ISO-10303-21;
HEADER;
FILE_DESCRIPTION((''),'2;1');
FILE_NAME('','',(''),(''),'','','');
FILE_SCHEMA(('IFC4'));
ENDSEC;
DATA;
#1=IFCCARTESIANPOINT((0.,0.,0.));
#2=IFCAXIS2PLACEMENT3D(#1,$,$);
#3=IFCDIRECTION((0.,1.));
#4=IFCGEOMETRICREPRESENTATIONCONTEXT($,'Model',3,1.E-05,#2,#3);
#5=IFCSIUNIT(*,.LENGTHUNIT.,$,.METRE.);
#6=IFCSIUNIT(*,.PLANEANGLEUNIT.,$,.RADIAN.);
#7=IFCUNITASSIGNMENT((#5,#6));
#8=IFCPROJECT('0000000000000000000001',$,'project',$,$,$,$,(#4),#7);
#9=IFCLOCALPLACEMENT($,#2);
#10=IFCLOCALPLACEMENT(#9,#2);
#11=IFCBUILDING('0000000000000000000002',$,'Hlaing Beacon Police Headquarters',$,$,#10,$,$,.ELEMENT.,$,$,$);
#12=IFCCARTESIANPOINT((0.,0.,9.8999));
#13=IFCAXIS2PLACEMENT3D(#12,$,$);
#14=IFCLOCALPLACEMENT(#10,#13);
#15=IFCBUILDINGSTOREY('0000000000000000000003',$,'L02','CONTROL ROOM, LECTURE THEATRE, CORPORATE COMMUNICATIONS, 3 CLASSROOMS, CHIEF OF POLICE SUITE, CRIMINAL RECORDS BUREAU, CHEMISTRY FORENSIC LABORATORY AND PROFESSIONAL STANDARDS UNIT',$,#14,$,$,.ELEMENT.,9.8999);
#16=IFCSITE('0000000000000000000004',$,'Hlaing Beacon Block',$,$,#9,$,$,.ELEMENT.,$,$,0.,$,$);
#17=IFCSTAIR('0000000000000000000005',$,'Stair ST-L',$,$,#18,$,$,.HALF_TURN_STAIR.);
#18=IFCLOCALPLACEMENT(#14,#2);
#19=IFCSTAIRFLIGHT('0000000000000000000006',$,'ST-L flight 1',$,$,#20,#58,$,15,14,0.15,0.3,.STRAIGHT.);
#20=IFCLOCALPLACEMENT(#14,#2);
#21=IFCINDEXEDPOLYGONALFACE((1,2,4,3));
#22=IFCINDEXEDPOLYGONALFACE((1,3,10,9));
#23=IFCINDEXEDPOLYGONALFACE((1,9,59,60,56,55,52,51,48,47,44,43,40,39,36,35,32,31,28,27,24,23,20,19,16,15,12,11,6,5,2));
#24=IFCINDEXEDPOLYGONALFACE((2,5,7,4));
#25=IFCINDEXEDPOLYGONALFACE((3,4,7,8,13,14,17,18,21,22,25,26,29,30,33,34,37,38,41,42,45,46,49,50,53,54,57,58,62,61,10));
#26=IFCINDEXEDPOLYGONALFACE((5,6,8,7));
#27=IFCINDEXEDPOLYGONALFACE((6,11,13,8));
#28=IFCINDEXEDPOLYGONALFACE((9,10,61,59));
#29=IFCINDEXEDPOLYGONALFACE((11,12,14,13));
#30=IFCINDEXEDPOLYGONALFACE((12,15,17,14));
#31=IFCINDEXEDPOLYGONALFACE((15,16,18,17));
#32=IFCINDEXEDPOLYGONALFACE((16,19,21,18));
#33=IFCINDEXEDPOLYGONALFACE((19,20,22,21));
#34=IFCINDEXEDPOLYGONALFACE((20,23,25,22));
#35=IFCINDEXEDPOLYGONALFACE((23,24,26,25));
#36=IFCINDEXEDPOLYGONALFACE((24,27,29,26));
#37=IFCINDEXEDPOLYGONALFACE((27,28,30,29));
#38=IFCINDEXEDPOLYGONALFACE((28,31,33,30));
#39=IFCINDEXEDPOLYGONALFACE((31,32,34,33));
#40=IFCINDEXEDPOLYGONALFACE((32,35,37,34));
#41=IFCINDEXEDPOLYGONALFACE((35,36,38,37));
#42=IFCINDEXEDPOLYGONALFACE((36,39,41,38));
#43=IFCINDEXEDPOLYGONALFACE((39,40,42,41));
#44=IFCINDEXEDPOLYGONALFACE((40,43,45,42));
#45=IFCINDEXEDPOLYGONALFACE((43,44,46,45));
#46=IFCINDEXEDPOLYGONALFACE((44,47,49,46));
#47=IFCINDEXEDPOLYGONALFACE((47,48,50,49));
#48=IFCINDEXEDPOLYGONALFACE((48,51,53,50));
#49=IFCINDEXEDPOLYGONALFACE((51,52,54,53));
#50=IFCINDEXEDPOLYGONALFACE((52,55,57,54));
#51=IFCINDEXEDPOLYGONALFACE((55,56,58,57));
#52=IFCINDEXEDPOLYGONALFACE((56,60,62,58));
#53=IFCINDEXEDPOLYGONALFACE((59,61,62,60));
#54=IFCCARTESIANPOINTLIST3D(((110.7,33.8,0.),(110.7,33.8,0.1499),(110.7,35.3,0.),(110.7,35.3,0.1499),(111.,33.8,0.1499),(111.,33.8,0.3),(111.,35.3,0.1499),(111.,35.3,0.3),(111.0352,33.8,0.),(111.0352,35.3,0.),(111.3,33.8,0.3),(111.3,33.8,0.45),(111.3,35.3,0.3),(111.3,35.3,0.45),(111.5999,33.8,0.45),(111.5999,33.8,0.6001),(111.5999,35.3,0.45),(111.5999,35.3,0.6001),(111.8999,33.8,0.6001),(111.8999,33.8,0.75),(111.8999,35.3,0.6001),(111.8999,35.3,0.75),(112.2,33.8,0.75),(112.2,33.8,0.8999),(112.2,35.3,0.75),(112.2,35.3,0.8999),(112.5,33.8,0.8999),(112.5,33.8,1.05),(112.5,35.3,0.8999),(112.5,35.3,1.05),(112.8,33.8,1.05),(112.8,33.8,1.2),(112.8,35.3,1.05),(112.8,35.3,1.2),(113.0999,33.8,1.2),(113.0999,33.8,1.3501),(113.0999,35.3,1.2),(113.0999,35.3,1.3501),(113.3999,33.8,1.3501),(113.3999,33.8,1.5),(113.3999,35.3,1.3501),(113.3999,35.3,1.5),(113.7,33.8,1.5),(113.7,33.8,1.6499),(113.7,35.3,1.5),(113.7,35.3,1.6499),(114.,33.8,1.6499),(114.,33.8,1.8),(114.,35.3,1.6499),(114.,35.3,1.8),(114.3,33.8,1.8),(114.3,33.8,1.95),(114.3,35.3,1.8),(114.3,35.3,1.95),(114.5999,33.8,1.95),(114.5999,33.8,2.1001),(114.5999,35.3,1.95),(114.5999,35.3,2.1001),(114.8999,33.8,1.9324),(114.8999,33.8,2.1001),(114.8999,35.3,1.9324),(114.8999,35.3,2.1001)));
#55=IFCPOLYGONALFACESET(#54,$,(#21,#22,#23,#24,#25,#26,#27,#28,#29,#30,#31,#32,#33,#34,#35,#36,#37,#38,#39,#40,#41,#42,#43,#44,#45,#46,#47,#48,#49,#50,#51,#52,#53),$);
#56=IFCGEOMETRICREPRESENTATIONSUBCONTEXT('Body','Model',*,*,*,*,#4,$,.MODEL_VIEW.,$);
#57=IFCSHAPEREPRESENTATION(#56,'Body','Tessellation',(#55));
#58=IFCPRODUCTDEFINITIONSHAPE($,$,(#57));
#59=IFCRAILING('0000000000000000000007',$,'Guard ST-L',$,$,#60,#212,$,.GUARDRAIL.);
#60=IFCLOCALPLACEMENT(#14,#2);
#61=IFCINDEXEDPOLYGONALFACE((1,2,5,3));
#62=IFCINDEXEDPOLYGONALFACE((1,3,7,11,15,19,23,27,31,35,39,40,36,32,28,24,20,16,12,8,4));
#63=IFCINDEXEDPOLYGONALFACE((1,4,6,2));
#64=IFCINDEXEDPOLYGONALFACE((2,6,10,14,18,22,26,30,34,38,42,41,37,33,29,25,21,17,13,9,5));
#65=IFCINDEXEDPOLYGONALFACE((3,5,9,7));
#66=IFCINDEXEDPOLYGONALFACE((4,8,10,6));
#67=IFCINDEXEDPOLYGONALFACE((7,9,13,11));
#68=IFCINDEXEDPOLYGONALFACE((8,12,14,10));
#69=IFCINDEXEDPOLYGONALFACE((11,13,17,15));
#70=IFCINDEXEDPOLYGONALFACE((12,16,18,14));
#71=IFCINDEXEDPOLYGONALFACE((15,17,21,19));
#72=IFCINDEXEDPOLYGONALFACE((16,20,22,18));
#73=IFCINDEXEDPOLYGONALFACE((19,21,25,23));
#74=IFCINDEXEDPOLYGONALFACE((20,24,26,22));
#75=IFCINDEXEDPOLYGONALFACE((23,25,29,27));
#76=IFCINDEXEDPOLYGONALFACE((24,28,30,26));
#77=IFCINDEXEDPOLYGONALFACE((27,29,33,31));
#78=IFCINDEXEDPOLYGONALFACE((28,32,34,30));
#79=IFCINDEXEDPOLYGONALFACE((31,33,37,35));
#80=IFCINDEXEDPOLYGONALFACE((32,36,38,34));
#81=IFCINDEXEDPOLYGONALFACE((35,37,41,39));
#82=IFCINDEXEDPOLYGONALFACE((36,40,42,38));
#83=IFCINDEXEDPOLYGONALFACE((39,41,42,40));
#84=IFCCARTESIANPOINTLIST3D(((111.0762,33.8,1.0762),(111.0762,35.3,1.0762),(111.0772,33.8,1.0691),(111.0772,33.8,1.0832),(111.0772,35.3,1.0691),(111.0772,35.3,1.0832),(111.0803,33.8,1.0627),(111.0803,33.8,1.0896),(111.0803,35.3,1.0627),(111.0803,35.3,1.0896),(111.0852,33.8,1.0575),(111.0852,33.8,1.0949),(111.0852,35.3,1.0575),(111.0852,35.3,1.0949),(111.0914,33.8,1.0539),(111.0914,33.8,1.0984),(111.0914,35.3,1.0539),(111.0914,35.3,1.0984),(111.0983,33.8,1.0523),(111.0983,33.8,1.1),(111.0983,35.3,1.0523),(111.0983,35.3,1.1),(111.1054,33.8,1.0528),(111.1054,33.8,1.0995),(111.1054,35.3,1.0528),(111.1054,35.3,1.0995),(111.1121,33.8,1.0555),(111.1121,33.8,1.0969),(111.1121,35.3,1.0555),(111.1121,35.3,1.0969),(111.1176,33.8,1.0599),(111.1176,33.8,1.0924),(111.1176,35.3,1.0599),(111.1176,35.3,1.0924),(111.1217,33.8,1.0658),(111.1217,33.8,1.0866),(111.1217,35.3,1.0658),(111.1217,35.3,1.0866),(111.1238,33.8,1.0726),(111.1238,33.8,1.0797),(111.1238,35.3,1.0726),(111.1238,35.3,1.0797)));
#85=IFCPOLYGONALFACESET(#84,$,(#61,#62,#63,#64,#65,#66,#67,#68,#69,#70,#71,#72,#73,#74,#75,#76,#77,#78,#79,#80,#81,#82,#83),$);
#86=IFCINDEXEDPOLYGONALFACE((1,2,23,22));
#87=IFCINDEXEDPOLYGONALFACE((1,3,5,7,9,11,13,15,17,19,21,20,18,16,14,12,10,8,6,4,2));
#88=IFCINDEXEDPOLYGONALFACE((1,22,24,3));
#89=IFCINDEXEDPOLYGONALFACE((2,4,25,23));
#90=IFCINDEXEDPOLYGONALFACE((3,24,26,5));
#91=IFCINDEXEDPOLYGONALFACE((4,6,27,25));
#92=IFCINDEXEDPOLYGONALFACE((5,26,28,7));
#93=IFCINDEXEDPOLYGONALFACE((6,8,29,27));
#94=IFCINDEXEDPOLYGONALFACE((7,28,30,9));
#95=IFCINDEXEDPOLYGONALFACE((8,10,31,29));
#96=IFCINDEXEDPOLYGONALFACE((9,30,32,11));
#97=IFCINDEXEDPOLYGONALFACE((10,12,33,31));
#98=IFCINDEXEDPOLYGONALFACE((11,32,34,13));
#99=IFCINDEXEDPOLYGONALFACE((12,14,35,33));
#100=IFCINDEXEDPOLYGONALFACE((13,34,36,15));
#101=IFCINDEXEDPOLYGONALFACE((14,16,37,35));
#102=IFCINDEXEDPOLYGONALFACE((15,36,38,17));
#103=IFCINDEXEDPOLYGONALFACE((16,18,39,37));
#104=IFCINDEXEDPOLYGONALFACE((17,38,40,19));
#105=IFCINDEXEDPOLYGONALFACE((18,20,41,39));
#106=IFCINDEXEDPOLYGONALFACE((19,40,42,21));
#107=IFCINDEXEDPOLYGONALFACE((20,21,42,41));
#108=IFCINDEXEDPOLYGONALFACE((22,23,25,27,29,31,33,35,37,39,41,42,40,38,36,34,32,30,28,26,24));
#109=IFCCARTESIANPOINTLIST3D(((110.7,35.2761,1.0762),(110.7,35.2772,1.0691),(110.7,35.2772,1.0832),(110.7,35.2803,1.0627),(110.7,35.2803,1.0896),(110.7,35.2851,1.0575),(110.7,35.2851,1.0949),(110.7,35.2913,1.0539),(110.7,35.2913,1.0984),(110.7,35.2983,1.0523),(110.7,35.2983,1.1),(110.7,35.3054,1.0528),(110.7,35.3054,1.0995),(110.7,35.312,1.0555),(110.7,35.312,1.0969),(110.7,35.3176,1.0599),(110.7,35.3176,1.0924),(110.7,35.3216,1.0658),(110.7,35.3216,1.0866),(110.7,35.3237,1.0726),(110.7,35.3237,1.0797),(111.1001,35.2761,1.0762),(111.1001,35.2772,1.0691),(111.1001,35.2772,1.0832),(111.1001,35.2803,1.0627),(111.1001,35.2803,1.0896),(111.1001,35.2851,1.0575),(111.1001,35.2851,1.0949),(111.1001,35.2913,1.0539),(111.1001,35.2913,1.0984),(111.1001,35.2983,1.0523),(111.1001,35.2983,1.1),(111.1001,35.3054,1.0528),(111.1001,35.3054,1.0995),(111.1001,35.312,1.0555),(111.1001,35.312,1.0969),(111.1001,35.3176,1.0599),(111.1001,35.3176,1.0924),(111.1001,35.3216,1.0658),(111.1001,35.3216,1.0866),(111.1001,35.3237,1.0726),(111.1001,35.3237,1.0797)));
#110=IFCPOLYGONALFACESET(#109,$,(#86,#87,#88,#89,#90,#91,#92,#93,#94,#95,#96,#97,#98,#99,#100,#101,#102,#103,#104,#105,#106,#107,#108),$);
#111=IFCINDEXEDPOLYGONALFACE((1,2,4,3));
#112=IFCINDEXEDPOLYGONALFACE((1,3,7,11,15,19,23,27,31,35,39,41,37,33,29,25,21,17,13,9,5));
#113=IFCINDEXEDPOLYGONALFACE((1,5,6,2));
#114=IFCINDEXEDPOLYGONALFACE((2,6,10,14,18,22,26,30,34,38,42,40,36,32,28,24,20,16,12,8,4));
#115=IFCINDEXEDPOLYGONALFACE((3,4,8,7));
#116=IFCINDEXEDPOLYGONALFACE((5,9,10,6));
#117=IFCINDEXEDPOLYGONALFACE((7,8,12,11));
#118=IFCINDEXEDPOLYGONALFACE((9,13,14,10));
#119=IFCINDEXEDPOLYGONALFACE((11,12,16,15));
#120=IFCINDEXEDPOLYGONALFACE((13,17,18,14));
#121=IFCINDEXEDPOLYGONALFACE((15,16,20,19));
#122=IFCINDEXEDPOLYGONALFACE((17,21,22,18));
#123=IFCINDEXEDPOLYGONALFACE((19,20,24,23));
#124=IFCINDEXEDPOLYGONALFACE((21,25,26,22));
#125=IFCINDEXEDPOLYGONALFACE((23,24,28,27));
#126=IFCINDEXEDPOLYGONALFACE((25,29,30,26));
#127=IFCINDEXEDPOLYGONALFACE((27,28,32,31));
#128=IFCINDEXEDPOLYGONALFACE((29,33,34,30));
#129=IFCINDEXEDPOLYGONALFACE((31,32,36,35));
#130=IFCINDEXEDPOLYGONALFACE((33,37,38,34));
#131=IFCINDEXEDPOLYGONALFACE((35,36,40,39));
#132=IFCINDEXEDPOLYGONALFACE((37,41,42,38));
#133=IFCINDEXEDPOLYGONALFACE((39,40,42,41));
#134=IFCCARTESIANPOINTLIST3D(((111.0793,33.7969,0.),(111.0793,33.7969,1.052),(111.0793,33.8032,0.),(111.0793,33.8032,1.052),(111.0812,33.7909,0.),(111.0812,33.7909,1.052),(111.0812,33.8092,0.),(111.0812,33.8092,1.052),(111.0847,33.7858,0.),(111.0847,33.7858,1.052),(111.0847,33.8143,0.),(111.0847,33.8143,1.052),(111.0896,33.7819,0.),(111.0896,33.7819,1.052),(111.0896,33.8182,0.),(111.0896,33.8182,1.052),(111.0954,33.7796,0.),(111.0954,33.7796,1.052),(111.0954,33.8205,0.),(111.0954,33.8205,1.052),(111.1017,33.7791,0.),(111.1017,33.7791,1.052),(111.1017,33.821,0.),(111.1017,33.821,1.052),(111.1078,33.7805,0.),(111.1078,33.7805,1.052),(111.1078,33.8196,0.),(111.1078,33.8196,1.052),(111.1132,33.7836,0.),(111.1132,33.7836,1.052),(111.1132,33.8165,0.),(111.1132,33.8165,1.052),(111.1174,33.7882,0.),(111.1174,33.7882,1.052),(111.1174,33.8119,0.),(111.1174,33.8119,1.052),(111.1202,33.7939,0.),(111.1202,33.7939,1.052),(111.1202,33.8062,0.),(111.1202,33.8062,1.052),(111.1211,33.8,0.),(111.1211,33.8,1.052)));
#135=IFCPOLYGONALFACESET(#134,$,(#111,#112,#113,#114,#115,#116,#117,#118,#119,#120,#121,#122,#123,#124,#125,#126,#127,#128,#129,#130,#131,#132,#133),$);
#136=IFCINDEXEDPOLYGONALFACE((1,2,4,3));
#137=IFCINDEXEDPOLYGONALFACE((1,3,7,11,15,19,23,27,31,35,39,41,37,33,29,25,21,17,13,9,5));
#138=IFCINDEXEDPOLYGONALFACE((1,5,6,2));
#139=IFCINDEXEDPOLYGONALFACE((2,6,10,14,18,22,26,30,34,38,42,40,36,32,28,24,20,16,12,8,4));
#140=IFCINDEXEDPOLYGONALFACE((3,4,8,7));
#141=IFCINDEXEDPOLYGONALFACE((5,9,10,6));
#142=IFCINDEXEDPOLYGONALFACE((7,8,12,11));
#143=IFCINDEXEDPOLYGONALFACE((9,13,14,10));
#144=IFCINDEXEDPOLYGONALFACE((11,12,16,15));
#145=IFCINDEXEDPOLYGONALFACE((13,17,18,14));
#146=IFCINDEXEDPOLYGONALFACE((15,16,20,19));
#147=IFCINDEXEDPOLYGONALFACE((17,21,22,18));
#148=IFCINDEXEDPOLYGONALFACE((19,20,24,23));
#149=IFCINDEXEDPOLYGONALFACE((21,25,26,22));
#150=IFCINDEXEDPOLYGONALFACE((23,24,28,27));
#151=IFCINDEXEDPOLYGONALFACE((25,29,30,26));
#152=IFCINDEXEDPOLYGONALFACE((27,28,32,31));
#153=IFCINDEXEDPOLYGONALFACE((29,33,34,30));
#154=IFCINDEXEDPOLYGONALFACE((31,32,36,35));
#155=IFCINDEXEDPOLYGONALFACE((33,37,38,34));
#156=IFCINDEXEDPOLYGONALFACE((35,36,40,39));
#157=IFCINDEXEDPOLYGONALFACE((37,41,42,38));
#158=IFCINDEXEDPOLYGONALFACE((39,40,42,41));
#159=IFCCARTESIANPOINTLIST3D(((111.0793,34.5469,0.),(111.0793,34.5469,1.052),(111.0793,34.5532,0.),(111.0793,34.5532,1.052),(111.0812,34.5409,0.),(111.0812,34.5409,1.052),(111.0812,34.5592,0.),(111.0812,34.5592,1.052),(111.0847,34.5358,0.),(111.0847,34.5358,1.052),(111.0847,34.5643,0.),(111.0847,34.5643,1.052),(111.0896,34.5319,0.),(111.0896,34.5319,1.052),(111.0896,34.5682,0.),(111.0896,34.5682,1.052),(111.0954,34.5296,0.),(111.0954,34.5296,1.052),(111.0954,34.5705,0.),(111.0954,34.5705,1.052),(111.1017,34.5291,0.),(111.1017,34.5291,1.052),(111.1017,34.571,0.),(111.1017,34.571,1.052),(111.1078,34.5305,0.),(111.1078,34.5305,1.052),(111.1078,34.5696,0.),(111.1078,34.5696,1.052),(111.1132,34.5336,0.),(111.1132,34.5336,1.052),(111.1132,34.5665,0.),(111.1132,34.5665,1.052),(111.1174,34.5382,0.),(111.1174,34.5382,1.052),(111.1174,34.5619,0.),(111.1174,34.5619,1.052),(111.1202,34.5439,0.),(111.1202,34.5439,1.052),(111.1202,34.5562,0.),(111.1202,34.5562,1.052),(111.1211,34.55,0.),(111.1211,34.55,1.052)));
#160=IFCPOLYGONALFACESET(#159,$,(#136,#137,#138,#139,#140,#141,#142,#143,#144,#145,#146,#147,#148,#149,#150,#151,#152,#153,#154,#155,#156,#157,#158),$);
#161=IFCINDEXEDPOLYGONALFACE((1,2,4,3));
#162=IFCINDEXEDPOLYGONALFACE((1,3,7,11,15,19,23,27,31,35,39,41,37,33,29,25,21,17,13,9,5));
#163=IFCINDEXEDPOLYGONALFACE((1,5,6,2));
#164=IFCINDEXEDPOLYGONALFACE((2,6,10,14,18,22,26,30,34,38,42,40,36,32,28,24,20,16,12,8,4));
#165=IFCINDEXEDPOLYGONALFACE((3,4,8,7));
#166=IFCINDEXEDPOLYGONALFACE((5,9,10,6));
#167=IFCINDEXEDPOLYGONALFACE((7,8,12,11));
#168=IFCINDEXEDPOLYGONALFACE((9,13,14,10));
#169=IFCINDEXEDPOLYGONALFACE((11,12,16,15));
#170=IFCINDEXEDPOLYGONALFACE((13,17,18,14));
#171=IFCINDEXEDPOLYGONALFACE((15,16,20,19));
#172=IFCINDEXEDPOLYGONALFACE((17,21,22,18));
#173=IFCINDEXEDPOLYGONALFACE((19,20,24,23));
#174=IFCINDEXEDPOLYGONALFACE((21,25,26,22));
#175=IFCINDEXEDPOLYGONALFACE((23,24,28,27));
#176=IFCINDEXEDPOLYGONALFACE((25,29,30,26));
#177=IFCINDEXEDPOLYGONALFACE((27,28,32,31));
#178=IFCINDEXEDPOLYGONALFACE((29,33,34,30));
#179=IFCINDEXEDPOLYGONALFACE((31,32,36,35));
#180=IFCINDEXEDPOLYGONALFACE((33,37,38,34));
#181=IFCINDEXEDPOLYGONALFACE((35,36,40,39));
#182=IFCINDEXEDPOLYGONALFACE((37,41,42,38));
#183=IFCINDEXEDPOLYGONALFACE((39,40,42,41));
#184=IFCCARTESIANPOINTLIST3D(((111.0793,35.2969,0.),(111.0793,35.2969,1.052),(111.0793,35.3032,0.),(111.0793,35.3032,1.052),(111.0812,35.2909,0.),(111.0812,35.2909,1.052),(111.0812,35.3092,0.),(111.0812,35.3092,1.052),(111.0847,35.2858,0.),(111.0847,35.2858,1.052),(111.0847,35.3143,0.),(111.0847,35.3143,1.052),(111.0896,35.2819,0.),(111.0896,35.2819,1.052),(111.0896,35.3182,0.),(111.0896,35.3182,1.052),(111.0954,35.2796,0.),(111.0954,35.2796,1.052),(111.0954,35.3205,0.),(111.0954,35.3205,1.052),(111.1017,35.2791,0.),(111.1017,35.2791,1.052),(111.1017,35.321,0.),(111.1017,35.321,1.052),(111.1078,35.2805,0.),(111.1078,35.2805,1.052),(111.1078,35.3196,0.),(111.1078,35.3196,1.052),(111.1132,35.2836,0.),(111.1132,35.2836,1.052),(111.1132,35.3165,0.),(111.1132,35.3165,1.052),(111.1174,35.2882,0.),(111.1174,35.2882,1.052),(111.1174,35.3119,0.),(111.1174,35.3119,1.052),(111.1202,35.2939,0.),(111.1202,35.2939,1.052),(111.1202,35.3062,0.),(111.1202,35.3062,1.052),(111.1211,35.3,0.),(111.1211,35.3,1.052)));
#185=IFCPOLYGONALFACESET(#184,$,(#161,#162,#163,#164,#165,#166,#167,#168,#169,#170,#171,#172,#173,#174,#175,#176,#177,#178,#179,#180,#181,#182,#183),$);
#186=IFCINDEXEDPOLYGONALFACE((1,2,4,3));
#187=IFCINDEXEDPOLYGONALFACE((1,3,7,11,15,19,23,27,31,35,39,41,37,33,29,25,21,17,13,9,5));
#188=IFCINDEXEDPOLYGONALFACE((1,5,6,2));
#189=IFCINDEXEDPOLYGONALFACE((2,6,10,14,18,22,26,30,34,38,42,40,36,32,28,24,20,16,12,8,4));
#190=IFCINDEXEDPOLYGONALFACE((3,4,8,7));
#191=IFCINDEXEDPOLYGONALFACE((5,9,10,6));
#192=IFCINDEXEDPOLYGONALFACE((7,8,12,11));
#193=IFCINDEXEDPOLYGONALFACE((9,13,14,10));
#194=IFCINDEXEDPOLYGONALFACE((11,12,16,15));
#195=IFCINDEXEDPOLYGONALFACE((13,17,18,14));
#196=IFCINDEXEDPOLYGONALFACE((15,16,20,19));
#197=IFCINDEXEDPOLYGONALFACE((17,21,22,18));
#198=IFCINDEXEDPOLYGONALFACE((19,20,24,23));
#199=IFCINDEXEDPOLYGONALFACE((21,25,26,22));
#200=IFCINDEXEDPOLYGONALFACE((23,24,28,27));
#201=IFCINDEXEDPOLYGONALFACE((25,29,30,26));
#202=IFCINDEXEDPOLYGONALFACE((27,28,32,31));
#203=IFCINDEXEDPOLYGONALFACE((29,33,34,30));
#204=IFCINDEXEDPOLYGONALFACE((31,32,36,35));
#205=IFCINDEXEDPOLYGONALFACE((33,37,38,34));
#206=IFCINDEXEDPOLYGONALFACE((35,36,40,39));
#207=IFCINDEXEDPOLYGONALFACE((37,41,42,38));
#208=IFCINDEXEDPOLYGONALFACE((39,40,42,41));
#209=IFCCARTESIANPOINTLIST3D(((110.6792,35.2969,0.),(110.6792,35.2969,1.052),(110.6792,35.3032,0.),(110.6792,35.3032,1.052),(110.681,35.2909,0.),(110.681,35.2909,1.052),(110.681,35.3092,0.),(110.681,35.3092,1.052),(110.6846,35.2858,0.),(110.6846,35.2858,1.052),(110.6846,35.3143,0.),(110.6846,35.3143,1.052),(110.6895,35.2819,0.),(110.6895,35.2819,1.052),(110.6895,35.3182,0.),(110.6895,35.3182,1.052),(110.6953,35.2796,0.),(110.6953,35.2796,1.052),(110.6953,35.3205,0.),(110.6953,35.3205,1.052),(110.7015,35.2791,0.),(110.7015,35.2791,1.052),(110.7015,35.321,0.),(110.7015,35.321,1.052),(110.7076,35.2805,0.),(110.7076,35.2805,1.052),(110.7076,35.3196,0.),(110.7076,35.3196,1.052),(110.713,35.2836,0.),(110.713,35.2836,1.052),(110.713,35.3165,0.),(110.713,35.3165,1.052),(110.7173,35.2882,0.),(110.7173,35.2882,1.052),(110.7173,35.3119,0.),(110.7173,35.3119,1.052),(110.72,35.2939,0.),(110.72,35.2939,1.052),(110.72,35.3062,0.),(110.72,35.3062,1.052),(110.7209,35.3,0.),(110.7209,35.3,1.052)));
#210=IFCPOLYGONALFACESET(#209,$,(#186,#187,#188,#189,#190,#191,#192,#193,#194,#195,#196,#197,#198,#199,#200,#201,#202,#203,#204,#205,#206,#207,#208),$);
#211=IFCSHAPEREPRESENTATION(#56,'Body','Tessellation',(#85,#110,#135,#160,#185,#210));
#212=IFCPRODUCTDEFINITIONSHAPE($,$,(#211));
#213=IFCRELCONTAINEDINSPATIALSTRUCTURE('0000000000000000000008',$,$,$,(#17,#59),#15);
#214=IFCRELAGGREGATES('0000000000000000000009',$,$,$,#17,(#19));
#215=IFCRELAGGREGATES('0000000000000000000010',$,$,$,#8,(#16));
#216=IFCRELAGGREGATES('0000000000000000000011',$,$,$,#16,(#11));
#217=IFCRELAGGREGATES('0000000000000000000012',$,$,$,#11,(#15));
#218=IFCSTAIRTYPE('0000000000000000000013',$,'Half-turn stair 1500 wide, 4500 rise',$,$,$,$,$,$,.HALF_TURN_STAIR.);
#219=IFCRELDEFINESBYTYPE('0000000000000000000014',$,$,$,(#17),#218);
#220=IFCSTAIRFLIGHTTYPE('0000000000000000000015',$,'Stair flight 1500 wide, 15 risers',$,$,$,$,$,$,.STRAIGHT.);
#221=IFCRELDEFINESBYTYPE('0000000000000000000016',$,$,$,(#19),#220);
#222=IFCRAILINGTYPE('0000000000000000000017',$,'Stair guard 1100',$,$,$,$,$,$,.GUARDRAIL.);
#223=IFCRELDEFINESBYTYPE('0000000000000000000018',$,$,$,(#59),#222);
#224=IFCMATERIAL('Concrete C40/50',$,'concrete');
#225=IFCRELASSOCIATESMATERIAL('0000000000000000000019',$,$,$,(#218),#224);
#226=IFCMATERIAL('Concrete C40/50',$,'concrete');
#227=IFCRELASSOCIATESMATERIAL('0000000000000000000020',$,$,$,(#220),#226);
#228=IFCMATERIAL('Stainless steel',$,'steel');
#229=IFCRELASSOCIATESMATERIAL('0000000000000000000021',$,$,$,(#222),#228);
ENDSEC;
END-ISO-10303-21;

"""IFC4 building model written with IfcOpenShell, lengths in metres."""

from ifc_helpers import new_model, si_unit, direction, frame, origin, origin_2d, place, context, subcontext, project, spatial, polyline, circle, outline, extrude, material, type_object, element, aggregate, save


model = new_model("IFC4")

# Units and contexts
model_context = context("Model", 3, precision=1e-05, world=origin(), true_north=direction((0.0, 1.0)))
body_context = subcontext(model_context, "Body", "Model", "MODEL_VIEW")
ifc_project = project(units=[si_unit("LENGTHUNIT", "METRE"), si_unit("PLANEANGLEUNIT", "RADIAN")], contexts=[model_context])

# Site, building, storey
site_placement = place(None, origin())
site = spatial("IfcSite", under=ifc_project, at=site_placement, Name="Hlaing Beacon Block", CompositionType="ELEMENT", RefElevation=0.0)
building_placement = place(site_placement, origin())
building = spatial("IfcBuilding", under=site, at=building_placement, Name="Hlaing Beacon Police Headquarters", CompositionType="ELEMENT")
storey_placement = place(building_placement, frame((0.0, 0.0, 9.8999)))
storey = spatial("IfcBuildingStorey", under=building, at=storey_placement, Name="L02", Description="CONTROL ROOM, LECTURE THEATRE, CORPORATE COMMUNICATIONS, 3 CLASSROOMS, CHIEF OF POLICE SUITE, CRIMINAL RECORDS BUREAU, CHEMISTRY FORENSIC LABORATORY AND PROFESSIONAL STANDARDS UNIT", CompositionType="ELEMENT", Elevation=9.8999)

# Stair, stair flight
ifc_material_1 = material(Name="Concrete C40/50", Category="concrete")
stair_type = type_object("IfcStairType", Name="Half-turn stair 1500 wide, 4500 rise", PredefinedType="HALF_TURN_STAIR", material=ifc_material_1)
stair_placement = place(storey_placement, origin())
stair = element("IfcStair", 1, at=stair_placement, inside=storey, type_object=stair_type, Name="Stair ST-L", PredefinedType="HALF_TURN_STAIR")
ifc_material_2 = material(Name="Concrete C40/50", Category="concrete")
stair_flight_type = type_object("IfcStairFlightType", Name="Stair flight 1500 wide, 15 risers", PredefinedType="STRAIGHT", material=ifc_material_2)
stair_flight_placement = place(storey_placement, frame((110.7, 34.55, 0.0), z_axis=(0.0, 0.0, 1.0), x_axis=(1.0, 0.0, 0.0)))
stair_flight = element("IfcStairFlight", 2, at=stair_flight_placement, type_object=stair_flight_type, Name="ST-L flight 1", NumberOfRisers=15, NumberOfTreads=14, PredefinedType="STRAIGHT", RiserHeight=0.15, TreadLength=0.3, context=body_context, shape_type="SweptSolid", body=[
    extrude(outline(polyline([(0.0, 0.0), (0.0, 0.1499), (0.3, 0.1499), (0.3, 0.3), (0.6001, 0.3), (0.6001, 0.45), (0.8999, 0.45), (0.8999, 0.6001), (1.2, 0.6001), (1.2, 0.75), (1.5, 0.75), (1.5, 0.8999), (1.8, 0.8999), (1.8, 1.05), (2.1001, 1.05), (2.1001, 1.2), (2.3999, 1.2), (2.3999, 1.3501), (2.7, 1.3501), (2.7, 1.5), (3.0, 1.5), (3.0, 1.6499), (3.3, 1.6499), (3.3, 1.8), (3.6001, 1.8), (3.6001, 1.95), (3.8999, 1.95), (3.8999, 2.1001), (4.2, 2.1001), (4.2, 2.25), (4.2, 1.9324), (0.3352, 0.0), (0.0, 0.0)])), frame((0.0, 0.75, 0.0), z_axis=(0.0, -1.0, 0.0), x_axis=(1.0, 0.0, 0.0)), (0.0, 0.0, 1.0), 1.5),
])
aggregate(stair, [stair_flight])

# Railing
ifc_material_3 = material(Name="Stainless steel", Category="steel")
railing_type_1 = type_object("IfcRailingType", Name="Stair guard 1100", PredefinedType="GUARDRAIL", material=ifc_material_3)
railing_1_placement = place(storey_placement, frame((111.1001, 33.8, 0.0)))
element("IfcRailing", 3, at=railing_1_placement, inside=storey, type_object=railing_type_1, Name="Guard ST-L", PredefinedType="GUARDRAIL", context=body_context, shape_type="SweptSolid", body=[
    extrude(circle(Radius=0.0239, at=origin_2d()), frame((0.0, 0.0, 1.0762), z_axis=(0.0, 1.0, 0.0), x_axis=(-1.0, 0.0, 0.0)), (0.0, 0.0, 1.0), 1.5),
    extrude(circle(Radius=0.0239, at=origin_2d()), frame((0.0, 1.5, 1.0762), z_axis=(-1.0, 0.0, 0.0), x_axis=(0.0, -1.0, 0.0)), (0.0, 0.0, 1.0), 0.4001),
    extrude(circle(Radius=0.021, at=origin_2d()), origin(), (0.0, 0.0, 1.0), 1.052),
    extrude(circle(Radius=0.021, at=origin_2d()), frame((0.0, 0.75, 0.0)), (0.0, 0.0, 1.0), 1.052),
    extrude(circle(Radius=0.021, at=origin_2d()), frame((0.0, 1.5, 0.0)), (0.0, 0.0, 1.0), 1.052),
    extrude(circle(Radius=0.021, at=origin_2d()), frame((-0.4001, 1.5, 0.0)), (0.0, 0.0, 1.0), 1.052),
])

save(model, "model.ifc")
